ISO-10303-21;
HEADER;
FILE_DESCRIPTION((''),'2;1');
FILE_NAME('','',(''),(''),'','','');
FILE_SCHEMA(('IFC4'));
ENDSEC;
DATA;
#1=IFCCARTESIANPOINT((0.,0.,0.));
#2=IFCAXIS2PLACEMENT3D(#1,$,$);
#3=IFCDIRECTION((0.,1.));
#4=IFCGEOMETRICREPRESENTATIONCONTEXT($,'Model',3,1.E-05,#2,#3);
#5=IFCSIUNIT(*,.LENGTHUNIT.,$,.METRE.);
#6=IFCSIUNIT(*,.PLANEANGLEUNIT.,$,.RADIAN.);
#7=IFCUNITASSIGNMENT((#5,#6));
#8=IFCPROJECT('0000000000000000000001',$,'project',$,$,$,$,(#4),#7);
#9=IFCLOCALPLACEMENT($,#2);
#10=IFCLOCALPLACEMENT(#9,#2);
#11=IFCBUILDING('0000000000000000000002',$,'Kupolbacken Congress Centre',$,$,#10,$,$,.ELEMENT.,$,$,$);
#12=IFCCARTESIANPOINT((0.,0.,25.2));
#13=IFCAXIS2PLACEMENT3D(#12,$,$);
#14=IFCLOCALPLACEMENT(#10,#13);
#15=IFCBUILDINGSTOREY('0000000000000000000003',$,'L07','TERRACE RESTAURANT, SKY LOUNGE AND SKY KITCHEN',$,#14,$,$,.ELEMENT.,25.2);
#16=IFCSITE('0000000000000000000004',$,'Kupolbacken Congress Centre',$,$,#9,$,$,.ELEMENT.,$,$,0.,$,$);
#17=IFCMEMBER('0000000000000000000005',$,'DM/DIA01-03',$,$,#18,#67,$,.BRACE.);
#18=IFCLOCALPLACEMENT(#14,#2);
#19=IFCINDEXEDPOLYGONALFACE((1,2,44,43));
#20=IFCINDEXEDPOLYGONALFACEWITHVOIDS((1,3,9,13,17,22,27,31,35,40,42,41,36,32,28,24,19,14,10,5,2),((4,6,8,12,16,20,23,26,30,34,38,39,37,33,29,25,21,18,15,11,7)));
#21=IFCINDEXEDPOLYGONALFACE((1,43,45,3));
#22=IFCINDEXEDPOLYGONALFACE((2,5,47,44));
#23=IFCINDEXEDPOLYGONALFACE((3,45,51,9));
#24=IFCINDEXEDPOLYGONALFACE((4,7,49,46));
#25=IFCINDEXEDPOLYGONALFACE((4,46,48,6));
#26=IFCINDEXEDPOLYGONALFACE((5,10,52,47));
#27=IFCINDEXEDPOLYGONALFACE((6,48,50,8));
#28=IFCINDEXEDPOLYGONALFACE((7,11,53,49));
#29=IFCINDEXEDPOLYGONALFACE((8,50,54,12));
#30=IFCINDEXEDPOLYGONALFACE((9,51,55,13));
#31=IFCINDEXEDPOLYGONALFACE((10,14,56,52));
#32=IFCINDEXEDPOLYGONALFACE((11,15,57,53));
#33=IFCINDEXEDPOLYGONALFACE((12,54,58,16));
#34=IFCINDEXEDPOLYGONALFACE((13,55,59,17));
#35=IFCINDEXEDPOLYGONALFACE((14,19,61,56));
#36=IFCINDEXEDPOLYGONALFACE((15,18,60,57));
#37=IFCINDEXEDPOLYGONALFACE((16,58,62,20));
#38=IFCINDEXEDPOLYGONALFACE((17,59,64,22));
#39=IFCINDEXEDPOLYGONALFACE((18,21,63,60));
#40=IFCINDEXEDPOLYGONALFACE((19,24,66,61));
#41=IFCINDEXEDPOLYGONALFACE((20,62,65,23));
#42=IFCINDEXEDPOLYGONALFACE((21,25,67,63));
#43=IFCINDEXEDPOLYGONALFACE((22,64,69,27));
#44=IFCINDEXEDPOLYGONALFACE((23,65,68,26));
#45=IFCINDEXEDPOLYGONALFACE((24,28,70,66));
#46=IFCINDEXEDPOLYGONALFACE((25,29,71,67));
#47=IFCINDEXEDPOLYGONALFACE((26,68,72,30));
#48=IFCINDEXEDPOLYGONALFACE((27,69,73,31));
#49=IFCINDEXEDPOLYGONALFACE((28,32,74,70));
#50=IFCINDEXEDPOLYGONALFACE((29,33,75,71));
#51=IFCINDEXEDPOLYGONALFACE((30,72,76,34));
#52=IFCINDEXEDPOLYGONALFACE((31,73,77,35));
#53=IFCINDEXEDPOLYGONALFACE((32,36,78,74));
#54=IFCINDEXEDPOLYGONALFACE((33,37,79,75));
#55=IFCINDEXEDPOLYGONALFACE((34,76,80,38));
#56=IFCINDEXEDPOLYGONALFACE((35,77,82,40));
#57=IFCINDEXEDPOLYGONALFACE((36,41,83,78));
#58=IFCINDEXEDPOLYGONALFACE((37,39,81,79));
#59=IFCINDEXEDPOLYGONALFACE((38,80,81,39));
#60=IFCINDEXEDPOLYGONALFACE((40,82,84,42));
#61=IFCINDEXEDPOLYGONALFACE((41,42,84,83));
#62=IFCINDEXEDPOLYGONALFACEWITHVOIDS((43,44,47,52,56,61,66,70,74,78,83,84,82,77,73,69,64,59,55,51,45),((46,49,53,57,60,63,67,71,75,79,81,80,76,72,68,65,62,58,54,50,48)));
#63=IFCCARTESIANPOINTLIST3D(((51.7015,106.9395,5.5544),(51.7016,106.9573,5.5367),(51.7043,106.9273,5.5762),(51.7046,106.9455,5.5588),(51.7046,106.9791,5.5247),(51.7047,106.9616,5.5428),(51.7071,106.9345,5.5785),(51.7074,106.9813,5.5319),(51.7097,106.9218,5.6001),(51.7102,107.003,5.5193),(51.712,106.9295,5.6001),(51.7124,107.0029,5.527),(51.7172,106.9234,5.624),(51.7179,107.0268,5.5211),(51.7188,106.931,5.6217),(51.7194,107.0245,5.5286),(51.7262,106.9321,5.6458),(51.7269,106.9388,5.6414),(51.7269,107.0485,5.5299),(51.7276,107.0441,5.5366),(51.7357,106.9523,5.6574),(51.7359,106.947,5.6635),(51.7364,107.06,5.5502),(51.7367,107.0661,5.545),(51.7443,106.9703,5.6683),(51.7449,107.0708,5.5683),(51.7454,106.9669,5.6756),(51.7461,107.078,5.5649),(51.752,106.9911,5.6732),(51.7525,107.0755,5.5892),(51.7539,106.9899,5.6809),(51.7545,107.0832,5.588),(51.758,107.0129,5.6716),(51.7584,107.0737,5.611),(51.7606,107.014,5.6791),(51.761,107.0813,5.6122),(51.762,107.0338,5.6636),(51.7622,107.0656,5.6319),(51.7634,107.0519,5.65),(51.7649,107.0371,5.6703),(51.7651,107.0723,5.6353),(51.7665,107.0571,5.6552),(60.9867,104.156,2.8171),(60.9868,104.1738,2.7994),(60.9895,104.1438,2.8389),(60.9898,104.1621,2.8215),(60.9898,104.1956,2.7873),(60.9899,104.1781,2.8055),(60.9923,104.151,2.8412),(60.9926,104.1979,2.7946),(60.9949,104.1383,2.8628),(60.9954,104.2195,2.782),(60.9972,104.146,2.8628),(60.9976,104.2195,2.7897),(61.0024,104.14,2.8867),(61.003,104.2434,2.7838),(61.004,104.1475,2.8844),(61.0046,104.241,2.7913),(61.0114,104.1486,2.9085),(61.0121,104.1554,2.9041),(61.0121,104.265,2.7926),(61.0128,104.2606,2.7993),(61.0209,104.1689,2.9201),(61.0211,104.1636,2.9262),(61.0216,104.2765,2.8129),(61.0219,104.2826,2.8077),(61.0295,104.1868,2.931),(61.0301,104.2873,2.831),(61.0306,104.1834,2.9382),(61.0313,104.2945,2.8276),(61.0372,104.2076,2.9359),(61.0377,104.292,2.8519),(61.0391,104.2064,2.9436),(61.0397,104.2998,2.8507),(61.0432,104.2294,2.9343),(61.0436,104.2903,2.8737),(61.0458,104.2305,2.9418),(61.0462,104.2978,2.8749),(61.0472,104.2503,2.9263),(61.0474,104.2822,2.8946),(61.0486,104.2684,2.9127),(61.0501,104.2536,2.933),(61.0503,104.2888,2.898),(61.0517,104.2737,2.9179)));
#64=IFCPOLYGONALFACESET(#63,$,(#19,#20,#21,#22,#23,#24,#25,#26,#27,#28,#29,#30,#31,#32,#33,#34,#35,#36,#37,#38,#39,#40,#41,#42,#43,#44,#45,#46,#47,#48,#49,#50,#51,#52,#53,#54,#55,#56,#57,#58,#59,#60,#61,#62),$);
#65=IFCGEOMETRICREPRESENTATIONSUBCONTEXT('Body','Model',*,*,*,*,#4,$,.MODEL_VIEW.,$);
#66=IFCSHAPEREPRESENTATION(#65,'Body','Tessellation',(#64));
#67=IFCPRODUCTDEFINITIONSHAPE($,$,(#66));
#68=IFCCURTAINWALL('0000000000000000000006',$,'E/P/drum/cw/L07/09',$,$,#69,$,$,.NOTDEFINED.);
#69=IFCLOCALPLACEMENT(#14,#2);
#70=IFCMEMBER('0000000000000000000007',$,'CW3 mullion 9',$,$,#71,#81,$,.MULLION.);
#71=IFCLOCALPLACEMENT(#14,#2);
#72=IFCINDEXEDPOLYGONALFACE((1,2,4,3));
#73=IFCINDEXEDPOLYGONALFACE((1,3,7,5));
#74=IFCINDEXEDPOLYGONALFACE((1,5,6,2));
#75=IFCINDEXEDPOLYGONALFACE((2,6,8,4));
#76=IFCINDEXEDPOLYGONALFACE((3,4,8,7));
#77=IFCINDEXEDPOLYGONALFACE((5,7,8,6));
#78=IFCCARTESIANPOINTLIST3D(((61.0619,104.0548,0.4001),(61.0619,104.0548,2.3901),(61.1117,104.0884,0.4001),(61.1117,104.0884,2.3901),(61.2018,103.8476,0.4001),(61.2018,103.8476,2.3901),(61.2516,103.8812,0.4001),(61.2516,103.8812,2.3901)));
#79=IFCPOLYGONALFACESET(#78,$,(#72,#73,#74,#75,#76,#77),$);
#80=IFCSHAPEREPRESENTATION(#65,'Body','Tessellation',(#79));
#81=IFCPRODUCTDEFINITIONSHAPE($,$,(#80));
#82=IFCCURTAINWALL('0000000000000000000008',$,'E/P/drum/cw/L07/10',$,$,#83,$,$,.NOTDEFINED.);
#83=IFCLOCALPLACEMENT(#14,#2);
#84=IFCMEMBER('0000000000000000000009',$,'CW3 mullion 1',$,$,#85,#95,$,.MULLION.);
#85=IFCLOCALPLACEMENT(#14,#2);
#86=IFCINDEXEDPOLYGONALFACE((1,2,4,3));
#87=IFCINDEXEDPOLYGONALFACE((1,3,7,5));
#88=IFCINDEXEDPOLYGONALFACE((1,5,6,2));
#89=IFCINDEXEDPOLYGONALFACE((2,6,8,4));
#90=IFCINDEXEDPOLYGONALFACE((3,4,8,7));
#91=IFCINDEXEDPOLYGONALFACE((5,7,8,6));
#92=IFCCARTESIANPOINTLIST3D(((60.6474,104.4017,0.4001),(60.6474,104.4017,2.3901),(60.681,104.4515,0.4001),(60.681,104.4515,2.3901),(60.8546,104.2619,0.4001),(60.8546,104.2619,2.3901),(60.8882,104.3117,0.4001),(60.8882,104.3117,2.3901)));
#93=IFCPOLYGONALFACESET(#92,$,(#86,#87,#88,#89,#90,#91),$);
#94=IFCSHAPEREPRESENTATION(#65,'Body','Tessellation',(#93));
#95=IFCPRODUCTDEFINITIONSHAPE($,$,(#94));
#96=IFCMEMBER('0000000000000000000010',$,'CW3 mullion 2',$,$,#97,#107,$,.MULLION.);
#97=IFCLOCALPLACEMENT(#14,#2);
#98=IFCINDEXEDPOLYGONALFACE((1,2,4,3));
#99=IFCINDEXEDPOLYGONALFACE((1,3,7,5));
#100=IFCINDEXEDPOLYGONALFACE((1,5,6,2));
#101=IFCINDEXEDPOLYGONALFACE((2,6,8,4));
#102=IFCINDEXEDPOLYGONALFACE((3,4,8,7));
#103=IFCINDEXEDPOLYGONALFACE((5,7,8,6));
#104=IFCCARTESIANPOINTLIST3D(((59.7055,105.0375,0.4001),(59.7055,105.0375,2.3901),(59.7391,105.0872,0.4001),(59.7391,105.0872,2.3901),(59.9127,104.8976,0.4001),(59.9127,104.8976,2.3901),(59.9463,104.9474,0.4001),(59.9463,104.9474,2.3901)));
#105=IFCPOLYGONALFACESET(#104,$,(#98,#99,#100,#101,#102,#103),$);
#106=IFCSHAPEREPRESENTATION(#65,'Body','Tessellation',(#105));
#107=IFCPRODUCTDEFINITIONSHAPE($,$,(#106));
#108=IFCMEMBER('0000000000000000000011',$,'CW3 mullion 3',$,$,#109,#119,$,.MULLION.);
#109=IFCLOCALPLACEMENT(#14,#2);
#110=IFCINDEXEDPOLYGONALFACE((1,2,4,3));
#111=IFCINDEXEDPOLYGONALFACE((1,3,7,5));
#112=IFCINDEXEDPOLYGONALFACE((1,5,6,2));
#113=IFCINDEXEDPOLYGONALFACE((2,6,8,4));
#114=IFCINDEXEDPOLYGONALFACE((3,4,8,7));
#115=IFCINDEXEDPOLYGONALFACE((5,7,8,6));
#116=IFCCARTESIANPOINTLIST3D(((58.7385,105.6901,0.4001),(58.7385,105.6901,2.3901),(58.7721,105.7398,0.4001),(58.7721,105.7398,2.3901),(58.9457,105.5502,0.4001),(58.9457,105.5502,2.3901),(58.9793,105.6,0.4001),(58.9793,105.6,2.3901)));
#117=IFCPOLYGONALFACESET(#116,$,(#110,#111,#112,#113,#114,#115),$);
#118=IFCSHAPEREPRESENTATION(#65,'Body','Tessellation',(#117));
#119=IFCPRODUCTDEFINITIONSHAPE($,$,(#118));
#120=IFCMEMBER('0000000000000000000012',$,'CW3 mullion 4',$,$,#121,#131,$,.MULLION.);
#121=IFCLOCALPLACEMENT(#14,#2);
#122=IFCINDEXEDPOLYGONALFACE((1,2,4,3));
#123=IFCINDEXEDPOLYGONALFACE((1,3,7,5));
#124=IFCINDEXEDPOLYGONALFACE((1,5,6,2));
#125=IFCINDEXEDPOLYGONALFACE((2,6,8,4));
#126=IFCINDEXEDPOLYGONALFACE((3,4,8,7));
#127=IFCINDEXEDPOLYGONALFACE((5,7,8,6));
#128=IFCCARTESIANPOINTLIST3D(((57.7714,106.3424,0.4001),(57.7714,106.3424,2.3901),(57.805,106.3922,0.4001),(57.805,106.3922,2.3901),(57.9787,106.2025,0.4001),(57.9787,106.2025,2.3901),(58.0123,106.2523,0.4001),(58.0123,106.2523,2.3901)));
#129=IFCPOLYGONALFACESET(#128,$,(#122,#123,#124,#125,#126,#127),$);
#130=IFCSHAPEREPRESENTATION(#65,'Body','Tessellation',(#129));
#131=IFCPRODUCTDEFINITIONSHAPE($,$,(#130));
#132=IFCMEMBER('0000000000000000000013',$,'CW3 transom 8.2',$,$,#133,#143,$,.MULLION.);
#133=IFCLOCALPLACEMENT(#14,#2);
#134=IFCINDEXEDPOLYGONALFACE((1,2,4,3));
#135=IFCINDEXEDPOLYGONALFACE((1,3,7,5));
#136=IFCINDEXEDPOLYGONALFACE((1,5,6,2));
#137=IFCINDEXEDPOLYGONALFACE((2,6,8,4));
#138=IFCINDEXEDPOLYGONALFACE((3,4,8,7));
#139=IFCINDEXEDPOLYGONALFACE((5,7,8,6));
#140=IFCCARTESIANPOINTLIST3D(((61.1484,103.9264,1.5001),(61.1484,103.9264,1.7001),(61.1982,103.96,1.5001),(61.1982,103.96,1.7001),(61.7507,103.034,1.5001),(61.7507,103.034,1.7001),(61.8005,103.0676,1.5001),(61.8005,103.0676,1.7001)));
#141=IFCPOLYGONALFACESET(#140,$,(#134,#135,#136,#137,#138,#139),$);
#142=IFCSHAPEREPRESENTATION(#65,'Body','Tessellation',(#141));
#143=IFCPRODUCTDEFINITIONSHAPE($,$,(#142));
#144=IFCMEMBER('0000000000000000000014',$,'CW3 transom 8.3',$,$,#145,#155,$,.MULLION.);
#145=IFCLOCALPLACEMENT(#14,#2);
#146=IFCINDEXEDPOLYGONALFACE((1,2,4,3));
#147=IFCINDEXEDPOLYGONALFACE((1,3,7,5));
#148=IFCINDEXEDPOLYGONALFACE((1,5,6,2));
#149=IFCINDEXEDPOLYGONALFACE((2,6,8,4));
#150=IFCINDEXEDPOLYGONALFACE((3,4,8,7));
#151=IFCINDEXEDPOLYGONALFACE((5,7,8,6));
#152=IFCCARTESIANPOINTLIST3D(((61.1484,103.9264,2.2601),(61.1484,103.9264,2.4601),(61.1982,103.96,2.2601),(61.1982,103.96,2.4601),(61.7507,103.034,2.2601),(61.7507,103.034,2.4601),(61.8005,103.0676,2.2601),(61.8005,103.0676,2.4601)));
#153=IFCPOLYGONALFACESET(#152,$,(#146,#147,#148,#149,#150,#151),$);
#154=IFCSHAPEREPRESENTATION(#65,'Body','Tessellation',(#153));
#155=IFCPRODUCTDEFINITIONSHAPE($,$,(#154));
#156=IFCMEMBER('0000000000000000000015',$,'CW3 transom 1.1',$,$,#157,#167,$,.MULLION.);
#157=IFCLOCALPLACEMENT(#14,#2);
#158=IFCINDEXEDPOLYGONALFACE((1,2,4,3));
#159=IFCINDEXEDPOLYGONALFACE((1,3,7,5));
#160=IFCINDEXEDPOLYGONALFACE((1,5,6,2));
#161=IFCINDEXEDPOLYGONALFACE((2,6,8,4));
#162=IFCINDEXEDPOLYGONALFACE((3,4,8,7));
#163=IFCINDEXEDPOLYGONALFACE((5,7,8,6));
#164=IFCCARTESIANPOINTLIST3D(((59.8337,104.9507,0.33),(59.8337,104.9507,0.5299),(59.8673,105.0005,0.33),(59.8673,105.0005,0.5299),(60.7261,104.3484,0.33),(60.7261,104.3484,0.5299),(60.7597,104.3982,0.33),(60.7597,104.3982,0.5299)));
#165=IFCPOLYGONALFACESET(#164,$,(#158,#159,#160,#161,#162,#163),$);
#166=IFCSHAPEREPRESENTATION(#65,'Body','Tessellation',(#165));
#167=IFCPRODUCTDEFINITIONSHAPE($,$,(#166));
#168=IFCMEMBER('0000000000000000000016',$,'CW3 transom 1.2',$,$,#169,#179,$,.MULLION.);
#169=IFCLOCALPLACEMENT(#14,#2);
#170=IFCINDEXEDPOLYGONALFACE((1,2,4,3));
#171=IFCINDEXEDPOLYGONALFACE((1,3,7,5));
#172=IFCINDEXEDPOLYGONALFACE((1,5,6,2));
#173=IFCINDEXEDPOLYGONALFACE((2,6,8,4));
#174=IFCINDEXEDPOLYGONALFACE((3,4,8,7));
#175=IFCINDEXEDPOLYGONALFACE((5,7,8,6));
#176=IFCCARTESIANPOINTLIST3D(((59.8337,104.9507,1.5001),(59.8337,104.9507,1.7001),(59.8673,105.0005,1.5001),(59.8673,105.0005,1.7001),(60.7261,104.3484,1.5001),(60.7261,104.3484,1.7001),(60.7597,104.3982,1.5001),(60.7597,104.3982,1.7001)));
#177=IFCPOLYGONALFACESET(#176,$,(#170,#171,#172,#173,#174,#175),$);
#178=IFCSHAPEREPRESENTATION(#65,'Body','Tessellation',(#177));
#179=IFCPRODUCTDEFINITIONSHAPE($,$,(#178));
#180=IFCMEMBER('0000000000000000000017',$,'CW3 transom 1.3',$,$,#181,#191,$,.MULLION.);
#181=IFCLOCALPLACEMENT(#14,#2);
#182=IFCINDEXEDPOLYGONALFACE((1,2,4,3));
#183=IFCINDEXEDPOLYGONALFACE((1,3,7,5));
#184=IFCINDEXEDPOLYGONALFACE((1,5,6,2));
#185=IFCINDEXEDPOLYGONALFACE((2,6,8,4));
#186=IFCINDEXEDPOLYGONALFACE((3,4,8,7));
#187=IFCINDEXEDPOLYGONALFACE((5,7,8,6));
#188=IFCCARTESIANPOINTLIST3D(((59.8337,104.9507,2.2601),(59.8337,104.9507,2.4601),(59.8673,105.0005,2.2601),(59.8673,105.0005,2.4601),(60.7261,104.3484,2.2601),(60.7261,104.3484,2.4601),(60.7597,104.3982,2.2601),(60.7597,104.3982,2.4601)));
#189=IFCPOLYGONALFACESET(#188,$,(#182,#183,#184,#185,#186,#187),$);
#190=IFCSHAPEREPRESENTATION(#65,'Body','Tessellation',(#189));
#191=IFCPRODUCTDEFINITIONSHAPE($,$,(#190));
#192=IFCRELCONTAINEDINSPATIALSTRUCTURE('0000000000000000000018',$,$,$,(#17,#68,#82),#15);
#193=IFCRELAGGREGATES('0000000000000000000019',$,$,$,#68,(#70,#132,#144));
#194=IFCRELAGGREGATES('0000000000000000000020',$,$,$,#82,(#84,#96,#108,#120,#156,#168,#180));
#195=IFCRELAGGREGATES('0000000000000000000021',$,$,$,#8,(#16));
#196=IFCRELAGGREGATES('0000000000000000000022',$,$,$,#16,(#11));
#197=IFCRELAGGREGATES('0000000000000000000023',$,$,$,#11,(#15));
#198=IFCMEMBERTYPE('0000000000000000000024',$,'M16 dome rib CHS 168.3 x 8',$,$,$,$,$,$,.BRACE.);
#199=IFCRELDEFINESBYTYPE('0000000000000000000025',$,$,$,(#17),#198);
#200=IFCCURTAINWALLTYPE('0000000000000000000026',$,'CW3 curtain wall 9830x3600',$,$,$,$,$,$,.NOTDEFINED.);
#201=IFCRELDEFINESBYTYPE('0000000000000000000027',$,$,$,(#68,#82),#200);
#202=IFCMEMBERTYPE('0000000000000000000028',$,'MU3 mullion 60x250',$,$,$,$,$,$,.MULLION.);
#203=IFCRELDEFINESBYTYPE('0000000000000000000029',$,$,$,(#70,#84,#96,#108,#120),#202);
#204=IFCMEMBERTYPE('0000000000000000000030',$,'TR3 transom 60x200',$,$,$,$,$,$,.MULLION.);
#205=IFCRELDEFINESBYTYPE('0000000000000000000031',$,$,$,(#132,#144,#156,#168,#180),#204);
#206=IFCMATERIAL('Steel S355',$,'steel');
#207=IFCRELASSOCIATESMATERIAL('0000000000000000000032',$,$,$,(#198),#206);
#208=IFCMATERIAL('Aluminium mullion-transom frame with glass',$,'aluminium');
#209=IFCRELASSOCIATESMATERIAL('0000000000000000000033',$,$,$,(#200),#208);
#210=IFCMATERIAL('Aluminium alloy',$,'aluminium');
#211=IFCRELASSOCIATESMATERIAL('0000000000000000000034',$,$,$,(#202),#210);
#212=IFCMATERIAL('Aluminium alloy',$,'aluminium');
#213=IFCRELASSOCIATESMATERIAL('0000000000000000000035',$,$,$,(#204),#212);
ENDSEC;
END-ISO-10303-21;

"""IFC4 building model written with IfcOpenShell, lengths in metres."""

from ifc_helpers import new_model, si_unit, direction, frame, origin, origin_2d, place, context, subcontext, project, spatial, rectangle, hollow_circle, extrude, material, material_profile, profile_set, type_object, element, aggregate, save


model = new_model("IFC4")

# Units and contexts
model_context = context("Model", 3, precision=1e-05, world=origin(), true_north=direction((0.0, 1.0)))
body_context = subcontext(model_context, "Body", "Model", "MODEL_VIEW")
ifc_project = project(units=[si_unit("LENGTHUNIT", "METRE"), si_unit("PLANEANGLEUNIT", "RADIAN")], contexts=[model_context])

# Site, building, storey
site_placement = place(None, origin())
site = spatial("IfcSite", under=ifc_project, at=site_placement, Name="Kupolbacken Congress Centre", CompositionType="ELEMENT", RefElevation=0.0)
building_placement = place(site_placement, origin())
building = spatial("IfcBuilding", under=site, at=building_placement, Name="Kupolbacken Congress Centre", CompositionType="ELEMENT")
storey_placement = place(building_placement, frame((0.0, 0.0, 25.2)))
storey = spatial("IfcBuildingStorey", under=building, at=storey_placement, Name="L07", Description="TERRACE RESTAURANT, SKY LOUNGE AND SKY KITCHEN", CompositionType="ELEMENT", Elevation=25.2)

# Member
ifc_material_1 = material(Name="Steel S355", Category="steel")
ifc_material_profile_1 = material_profile(ifc_material_1, hollow_circle(Radius=0.0842, WallThickness=0.0081, at=origin_2d()), Name="CHS 168.3 x 8")
ifc_profile_set_1 = profile_set([ifc_material_profile_1], Name="Steel S355")
member_type_1 = type_object("IfcMemberType", Name="M16 dome rib CHS 168.3 x 8", PredefinedType="BRACE", material=ifc_profile_set_1)
member_1_placement = place(storey_placement, frame((61.019, 104.219, 2.8628), z_axis=(-0.921836, 0.276342, 0.271761), x_axis=(-0.287149, -0.957886, 0.0)))
element("IfcMember", 1, at=member_1_placement, inside=storey, type_object=member_type_1, Name="DM/DIA01-03", PredefinedType="BRACE", context=body_context, shape_type="SweptSolid", body=[
    extrude(hollow_circle(Radius=0.0842, WallThickness=0.0081, at=origin_2d()), origin(), (0.0, 0.0, 1.0), 10.0725),
])

# Curtain wall, member
ifc_material_2 = material(Name="Aluminium mullion-transom frame with glass", Category="aluminium")
curtain_wall_type = type_object("IfcCurtainWallType", Name="CW3 curtain wall 9830x3600", PredefinedType="NOTDEFINED", material=ifc_material_2)
curtain_wall_1_placement = place(storey_placement, origin())
curtain_wall_1 = element("IfcCurtainWall", 2, at=curtain_wall_1_placement, inside=storey, type_object=curtain_wall_type, Name="E/P/drum/cw/L07/09", PredefinedType="NOTDEFINED")
ifc_material_3 = material(Name="Aluminium alloy", Category="aluminium")
ifc_material_profile_2 = material_profile(ifc_material_3, rectangle(XDim=0.0601, YDim=0.25, at=origin_2d()), Name="60 x 250")
ifc_profile_set_2 = profile_set([ifc_material_profile_2], Name="Aluminium alloy")
member_type_2 = type_object("IfcMemberType", Name="MU3 mullion 60x250", PredefinedType="MULLION", material=ifc_profile_set_2)
member_2_placement = place(storey_placement, frame((61.1567, 103.968, 0.4001), z_axis=(0.0, 0.0, 1.0), x_axis=(-0.828908, -0.559386, 0.0)))
member_2 = element("IfcMember", 3, at=member_2_placement, type_object=member_type_2, Name="CW3 mullion 9", PredefinedType="MULLION", context=body_context, shape_type="SweptSolid", body=[
    extrude(rectangle(XDim=0.0601, YDim=0.25, at=origin_2d()), origin(), (0.0, 0.0, 1.0), 1.99),
])

# Curtain wall, members
curtain_wall_2_placement = place(storey_placement, origin())
curtain_wall_2 = element("IfcCurtainWall", 4, at=curtain_wall_2_placement, inside=storey, type_object=curtain_wall_type, Name="E/P/drum/cw/L07/10", PredefinedType="NOTDEFINED")
member_3_placement = place(storey_placement, frame((60.7678, 104.3567, 0.4001), z_axis=(0.0, 0.0, 1.0), x_axis=(-0.559386, -0.828908, 0.0)))
member_3 = element("IfcMember", 5, at=member_3_placement, type_object=member_type_2, Name="CW3 mullion 1", PredefinedType="MULLION", context=body_context, shape_type="SweptSolid", body=[
    extrude(rectangle(XDim=0.0601, YDim=0.25, at=origin_2d()), origin(), (0.0, 0.0, 1.0), 1.99),
])
member_4_placement = place(storey_placement, frame((59.8259, 104.9924, 0.4001), z_axis=(0.0, 0.0, 1.0), x_axis=(-0.559386, -0.828908, 0.0)))
member_4 = element("IfcMember", 6, at=member_4_placement, type_object=member_type_2, Name="CW3 mullion 2", PredefinedType="MULLION", context=body_context, shape_type="SweptSolid", body=[
    extrude(rectangle(XDim=0.0601, YDim=0.25, at=origin_2d()), origin(), (0.0, 0.0, 1.0), 1.99),
])
member_5_placement = place(storey_placement, frame((58.8589, 105.645, 0.4001), z_axis=(0.0, 0.0, 1.0), x_axis=(-0.559386, -0.828908, 0.0)))
member_5 = element("IfcMember", 7, at=member_5_placement, type_object=member_type_2, Name="CW3 mullion 3", PredefinedType="MULLION", context=body_context, shape_type="SweptSolid", body=[
    extrude(rectangle(XDim=0.0601, YDim=0.25, at=origin_2d()), origin(), (0.0, 0.0, 1.0), 1.99),
])
member_6_placement = place(storey_placement, frame((57.8918, 106.2974, 0.4001), z_axis=(0.0, 0.0, 1.0), x_axis=(-0.559386, -0.828908, 0.0)))
member_6 = element("IfcMember", 8, at=member_6_placement, type_object=member_type_2, Name="CW3 mullion 4", PredefinedType="MULLION", context=body_context, shape_type="SweptSolid", body=[
    extrude(rectangle(XDim=0.0601, YDim=0.25, at=origin_2d()), origin(), (0.0, 0.0, 1.0), 1.99),
])

# Members
ifc_material_4 = material(Name="Aluminium alloy", Category="aluminium")
ifc_material_profile_3 = material_profile(ifc_material_4, rectangle(XDim=0.0601, YDim=0.2, at=origin_2d()), Name="60 x 200")
ifc_profile_set_3 = profile_set([ifc_material_profile_3], Name="Aluminium alloy")
member_type_3 = type_object("IfcMemberType", Name="TR3 transom 60x200", PredefinedType="MULLION", material=ifc_profile_set_3)
member_7_placement = place(storey_placement, frame((61.7756, 103.0508, 1.6001), z_axis=(-0.559453, 0.828862, 0.0), x_axis=(-0.828862, -0.559453, 0.0)))
member_7 = element("IfcMember", 9, at=member_7_placement, type_object=member_type_3, Name="CW3 transom 8.2", PredefinedType="MULLION", context=body_context, shape_type="SweptSolid", body=[
    extrude(rectangle(XDim=0.0601, YDim=0.2, at=origin_2d()), origin(), (0.0, 0.0, 1.0), 1.0767),
])
member_8_placement = place(storey_placement, frame((61.7756, 103.0508, 2.3601), z_axis=(-0.559453, 0.828862, 0.0), x_axis=(-0.828862, -0.559453, 0.0)))
member_8 = element("IfcMember", 10, at=member_8_placement, type_object=member_type_3, Name="CW3 transom 8.3", PredefinedType="MULLION", context=body_context, shape_type="SweptSolid", body=[
    extrude(rectangle(XDim=0.0601, YDim=0.2, at=origin_2d()), origin(), (0.0, 0.0, 1.0), 1.0767),
])
member_9_placement = place(storey_placement, frame((60.7429, 104.3733, 0.4299), z_axis=(-0.828862, 0.559453, 0.0), x_axis=(-0.559453, -0.828862, 0.0)))
member_9 = element("IfcMember", 11, at=member_9_placement, type_object=member_type_3, Name="CW3 transom 1.1", PredefinedType="MULLION", context=body_context, shape_type="SweptSolid", body=[
    extrude(rectangle(XDim=0.0601, YDim=0.2, at=origin_2d()), origin(), (0.0, 0.0, 1.0), 1.0767),
])
member_10_placement = place(storey_placement, frame((60.7429, 104.3733, 1.6001), z_axis=(-0.828862, 0.559453, 0.0), x_axis=(-0.559453, -0.828862, 0.0)))
member_10 = element("IfcMember", 12, at=member_10_placement, type_object=member_type_3, Name="CW3 transom 1.2", PredefinedType="MULLION", context=body_context, shape_type="SweptSolid", body=[
    extrude(rectangle(XDim=0.0601, YDim=0.2, at=origin_2d()), origin(), (0.0, 0.0, 1.0), 1.0767),
])
member_11_placement = place(storey_placement, frame((60.7429, 104.3733, 2.3601), z_axis=(-0.828862, 0.559453, 0.0), x_axis=(-0.559453, -0.828862, 0.0)))
member_11 = element("IfcMember", 13, at=member_11_placement, type_object=member_type_3, Name="CW3 transom 1.3", PredefinedType="MULLION", context=body_context, shape_type="SweptSolid", body=[
    extrude(rectangle(XDim=0.0601, YDim=0.2, at=origin_2d()), origin(), (0.0, 0.0, 1.0), 1.0767),
])

aggregate(curtain_wall_1, [member_2, member_7, member_8])
aggregate(curtain_wall_2, [member_3, member_4, member_5, member_6, member_9, member_10, member_11])

save(model, "model.ifc")
